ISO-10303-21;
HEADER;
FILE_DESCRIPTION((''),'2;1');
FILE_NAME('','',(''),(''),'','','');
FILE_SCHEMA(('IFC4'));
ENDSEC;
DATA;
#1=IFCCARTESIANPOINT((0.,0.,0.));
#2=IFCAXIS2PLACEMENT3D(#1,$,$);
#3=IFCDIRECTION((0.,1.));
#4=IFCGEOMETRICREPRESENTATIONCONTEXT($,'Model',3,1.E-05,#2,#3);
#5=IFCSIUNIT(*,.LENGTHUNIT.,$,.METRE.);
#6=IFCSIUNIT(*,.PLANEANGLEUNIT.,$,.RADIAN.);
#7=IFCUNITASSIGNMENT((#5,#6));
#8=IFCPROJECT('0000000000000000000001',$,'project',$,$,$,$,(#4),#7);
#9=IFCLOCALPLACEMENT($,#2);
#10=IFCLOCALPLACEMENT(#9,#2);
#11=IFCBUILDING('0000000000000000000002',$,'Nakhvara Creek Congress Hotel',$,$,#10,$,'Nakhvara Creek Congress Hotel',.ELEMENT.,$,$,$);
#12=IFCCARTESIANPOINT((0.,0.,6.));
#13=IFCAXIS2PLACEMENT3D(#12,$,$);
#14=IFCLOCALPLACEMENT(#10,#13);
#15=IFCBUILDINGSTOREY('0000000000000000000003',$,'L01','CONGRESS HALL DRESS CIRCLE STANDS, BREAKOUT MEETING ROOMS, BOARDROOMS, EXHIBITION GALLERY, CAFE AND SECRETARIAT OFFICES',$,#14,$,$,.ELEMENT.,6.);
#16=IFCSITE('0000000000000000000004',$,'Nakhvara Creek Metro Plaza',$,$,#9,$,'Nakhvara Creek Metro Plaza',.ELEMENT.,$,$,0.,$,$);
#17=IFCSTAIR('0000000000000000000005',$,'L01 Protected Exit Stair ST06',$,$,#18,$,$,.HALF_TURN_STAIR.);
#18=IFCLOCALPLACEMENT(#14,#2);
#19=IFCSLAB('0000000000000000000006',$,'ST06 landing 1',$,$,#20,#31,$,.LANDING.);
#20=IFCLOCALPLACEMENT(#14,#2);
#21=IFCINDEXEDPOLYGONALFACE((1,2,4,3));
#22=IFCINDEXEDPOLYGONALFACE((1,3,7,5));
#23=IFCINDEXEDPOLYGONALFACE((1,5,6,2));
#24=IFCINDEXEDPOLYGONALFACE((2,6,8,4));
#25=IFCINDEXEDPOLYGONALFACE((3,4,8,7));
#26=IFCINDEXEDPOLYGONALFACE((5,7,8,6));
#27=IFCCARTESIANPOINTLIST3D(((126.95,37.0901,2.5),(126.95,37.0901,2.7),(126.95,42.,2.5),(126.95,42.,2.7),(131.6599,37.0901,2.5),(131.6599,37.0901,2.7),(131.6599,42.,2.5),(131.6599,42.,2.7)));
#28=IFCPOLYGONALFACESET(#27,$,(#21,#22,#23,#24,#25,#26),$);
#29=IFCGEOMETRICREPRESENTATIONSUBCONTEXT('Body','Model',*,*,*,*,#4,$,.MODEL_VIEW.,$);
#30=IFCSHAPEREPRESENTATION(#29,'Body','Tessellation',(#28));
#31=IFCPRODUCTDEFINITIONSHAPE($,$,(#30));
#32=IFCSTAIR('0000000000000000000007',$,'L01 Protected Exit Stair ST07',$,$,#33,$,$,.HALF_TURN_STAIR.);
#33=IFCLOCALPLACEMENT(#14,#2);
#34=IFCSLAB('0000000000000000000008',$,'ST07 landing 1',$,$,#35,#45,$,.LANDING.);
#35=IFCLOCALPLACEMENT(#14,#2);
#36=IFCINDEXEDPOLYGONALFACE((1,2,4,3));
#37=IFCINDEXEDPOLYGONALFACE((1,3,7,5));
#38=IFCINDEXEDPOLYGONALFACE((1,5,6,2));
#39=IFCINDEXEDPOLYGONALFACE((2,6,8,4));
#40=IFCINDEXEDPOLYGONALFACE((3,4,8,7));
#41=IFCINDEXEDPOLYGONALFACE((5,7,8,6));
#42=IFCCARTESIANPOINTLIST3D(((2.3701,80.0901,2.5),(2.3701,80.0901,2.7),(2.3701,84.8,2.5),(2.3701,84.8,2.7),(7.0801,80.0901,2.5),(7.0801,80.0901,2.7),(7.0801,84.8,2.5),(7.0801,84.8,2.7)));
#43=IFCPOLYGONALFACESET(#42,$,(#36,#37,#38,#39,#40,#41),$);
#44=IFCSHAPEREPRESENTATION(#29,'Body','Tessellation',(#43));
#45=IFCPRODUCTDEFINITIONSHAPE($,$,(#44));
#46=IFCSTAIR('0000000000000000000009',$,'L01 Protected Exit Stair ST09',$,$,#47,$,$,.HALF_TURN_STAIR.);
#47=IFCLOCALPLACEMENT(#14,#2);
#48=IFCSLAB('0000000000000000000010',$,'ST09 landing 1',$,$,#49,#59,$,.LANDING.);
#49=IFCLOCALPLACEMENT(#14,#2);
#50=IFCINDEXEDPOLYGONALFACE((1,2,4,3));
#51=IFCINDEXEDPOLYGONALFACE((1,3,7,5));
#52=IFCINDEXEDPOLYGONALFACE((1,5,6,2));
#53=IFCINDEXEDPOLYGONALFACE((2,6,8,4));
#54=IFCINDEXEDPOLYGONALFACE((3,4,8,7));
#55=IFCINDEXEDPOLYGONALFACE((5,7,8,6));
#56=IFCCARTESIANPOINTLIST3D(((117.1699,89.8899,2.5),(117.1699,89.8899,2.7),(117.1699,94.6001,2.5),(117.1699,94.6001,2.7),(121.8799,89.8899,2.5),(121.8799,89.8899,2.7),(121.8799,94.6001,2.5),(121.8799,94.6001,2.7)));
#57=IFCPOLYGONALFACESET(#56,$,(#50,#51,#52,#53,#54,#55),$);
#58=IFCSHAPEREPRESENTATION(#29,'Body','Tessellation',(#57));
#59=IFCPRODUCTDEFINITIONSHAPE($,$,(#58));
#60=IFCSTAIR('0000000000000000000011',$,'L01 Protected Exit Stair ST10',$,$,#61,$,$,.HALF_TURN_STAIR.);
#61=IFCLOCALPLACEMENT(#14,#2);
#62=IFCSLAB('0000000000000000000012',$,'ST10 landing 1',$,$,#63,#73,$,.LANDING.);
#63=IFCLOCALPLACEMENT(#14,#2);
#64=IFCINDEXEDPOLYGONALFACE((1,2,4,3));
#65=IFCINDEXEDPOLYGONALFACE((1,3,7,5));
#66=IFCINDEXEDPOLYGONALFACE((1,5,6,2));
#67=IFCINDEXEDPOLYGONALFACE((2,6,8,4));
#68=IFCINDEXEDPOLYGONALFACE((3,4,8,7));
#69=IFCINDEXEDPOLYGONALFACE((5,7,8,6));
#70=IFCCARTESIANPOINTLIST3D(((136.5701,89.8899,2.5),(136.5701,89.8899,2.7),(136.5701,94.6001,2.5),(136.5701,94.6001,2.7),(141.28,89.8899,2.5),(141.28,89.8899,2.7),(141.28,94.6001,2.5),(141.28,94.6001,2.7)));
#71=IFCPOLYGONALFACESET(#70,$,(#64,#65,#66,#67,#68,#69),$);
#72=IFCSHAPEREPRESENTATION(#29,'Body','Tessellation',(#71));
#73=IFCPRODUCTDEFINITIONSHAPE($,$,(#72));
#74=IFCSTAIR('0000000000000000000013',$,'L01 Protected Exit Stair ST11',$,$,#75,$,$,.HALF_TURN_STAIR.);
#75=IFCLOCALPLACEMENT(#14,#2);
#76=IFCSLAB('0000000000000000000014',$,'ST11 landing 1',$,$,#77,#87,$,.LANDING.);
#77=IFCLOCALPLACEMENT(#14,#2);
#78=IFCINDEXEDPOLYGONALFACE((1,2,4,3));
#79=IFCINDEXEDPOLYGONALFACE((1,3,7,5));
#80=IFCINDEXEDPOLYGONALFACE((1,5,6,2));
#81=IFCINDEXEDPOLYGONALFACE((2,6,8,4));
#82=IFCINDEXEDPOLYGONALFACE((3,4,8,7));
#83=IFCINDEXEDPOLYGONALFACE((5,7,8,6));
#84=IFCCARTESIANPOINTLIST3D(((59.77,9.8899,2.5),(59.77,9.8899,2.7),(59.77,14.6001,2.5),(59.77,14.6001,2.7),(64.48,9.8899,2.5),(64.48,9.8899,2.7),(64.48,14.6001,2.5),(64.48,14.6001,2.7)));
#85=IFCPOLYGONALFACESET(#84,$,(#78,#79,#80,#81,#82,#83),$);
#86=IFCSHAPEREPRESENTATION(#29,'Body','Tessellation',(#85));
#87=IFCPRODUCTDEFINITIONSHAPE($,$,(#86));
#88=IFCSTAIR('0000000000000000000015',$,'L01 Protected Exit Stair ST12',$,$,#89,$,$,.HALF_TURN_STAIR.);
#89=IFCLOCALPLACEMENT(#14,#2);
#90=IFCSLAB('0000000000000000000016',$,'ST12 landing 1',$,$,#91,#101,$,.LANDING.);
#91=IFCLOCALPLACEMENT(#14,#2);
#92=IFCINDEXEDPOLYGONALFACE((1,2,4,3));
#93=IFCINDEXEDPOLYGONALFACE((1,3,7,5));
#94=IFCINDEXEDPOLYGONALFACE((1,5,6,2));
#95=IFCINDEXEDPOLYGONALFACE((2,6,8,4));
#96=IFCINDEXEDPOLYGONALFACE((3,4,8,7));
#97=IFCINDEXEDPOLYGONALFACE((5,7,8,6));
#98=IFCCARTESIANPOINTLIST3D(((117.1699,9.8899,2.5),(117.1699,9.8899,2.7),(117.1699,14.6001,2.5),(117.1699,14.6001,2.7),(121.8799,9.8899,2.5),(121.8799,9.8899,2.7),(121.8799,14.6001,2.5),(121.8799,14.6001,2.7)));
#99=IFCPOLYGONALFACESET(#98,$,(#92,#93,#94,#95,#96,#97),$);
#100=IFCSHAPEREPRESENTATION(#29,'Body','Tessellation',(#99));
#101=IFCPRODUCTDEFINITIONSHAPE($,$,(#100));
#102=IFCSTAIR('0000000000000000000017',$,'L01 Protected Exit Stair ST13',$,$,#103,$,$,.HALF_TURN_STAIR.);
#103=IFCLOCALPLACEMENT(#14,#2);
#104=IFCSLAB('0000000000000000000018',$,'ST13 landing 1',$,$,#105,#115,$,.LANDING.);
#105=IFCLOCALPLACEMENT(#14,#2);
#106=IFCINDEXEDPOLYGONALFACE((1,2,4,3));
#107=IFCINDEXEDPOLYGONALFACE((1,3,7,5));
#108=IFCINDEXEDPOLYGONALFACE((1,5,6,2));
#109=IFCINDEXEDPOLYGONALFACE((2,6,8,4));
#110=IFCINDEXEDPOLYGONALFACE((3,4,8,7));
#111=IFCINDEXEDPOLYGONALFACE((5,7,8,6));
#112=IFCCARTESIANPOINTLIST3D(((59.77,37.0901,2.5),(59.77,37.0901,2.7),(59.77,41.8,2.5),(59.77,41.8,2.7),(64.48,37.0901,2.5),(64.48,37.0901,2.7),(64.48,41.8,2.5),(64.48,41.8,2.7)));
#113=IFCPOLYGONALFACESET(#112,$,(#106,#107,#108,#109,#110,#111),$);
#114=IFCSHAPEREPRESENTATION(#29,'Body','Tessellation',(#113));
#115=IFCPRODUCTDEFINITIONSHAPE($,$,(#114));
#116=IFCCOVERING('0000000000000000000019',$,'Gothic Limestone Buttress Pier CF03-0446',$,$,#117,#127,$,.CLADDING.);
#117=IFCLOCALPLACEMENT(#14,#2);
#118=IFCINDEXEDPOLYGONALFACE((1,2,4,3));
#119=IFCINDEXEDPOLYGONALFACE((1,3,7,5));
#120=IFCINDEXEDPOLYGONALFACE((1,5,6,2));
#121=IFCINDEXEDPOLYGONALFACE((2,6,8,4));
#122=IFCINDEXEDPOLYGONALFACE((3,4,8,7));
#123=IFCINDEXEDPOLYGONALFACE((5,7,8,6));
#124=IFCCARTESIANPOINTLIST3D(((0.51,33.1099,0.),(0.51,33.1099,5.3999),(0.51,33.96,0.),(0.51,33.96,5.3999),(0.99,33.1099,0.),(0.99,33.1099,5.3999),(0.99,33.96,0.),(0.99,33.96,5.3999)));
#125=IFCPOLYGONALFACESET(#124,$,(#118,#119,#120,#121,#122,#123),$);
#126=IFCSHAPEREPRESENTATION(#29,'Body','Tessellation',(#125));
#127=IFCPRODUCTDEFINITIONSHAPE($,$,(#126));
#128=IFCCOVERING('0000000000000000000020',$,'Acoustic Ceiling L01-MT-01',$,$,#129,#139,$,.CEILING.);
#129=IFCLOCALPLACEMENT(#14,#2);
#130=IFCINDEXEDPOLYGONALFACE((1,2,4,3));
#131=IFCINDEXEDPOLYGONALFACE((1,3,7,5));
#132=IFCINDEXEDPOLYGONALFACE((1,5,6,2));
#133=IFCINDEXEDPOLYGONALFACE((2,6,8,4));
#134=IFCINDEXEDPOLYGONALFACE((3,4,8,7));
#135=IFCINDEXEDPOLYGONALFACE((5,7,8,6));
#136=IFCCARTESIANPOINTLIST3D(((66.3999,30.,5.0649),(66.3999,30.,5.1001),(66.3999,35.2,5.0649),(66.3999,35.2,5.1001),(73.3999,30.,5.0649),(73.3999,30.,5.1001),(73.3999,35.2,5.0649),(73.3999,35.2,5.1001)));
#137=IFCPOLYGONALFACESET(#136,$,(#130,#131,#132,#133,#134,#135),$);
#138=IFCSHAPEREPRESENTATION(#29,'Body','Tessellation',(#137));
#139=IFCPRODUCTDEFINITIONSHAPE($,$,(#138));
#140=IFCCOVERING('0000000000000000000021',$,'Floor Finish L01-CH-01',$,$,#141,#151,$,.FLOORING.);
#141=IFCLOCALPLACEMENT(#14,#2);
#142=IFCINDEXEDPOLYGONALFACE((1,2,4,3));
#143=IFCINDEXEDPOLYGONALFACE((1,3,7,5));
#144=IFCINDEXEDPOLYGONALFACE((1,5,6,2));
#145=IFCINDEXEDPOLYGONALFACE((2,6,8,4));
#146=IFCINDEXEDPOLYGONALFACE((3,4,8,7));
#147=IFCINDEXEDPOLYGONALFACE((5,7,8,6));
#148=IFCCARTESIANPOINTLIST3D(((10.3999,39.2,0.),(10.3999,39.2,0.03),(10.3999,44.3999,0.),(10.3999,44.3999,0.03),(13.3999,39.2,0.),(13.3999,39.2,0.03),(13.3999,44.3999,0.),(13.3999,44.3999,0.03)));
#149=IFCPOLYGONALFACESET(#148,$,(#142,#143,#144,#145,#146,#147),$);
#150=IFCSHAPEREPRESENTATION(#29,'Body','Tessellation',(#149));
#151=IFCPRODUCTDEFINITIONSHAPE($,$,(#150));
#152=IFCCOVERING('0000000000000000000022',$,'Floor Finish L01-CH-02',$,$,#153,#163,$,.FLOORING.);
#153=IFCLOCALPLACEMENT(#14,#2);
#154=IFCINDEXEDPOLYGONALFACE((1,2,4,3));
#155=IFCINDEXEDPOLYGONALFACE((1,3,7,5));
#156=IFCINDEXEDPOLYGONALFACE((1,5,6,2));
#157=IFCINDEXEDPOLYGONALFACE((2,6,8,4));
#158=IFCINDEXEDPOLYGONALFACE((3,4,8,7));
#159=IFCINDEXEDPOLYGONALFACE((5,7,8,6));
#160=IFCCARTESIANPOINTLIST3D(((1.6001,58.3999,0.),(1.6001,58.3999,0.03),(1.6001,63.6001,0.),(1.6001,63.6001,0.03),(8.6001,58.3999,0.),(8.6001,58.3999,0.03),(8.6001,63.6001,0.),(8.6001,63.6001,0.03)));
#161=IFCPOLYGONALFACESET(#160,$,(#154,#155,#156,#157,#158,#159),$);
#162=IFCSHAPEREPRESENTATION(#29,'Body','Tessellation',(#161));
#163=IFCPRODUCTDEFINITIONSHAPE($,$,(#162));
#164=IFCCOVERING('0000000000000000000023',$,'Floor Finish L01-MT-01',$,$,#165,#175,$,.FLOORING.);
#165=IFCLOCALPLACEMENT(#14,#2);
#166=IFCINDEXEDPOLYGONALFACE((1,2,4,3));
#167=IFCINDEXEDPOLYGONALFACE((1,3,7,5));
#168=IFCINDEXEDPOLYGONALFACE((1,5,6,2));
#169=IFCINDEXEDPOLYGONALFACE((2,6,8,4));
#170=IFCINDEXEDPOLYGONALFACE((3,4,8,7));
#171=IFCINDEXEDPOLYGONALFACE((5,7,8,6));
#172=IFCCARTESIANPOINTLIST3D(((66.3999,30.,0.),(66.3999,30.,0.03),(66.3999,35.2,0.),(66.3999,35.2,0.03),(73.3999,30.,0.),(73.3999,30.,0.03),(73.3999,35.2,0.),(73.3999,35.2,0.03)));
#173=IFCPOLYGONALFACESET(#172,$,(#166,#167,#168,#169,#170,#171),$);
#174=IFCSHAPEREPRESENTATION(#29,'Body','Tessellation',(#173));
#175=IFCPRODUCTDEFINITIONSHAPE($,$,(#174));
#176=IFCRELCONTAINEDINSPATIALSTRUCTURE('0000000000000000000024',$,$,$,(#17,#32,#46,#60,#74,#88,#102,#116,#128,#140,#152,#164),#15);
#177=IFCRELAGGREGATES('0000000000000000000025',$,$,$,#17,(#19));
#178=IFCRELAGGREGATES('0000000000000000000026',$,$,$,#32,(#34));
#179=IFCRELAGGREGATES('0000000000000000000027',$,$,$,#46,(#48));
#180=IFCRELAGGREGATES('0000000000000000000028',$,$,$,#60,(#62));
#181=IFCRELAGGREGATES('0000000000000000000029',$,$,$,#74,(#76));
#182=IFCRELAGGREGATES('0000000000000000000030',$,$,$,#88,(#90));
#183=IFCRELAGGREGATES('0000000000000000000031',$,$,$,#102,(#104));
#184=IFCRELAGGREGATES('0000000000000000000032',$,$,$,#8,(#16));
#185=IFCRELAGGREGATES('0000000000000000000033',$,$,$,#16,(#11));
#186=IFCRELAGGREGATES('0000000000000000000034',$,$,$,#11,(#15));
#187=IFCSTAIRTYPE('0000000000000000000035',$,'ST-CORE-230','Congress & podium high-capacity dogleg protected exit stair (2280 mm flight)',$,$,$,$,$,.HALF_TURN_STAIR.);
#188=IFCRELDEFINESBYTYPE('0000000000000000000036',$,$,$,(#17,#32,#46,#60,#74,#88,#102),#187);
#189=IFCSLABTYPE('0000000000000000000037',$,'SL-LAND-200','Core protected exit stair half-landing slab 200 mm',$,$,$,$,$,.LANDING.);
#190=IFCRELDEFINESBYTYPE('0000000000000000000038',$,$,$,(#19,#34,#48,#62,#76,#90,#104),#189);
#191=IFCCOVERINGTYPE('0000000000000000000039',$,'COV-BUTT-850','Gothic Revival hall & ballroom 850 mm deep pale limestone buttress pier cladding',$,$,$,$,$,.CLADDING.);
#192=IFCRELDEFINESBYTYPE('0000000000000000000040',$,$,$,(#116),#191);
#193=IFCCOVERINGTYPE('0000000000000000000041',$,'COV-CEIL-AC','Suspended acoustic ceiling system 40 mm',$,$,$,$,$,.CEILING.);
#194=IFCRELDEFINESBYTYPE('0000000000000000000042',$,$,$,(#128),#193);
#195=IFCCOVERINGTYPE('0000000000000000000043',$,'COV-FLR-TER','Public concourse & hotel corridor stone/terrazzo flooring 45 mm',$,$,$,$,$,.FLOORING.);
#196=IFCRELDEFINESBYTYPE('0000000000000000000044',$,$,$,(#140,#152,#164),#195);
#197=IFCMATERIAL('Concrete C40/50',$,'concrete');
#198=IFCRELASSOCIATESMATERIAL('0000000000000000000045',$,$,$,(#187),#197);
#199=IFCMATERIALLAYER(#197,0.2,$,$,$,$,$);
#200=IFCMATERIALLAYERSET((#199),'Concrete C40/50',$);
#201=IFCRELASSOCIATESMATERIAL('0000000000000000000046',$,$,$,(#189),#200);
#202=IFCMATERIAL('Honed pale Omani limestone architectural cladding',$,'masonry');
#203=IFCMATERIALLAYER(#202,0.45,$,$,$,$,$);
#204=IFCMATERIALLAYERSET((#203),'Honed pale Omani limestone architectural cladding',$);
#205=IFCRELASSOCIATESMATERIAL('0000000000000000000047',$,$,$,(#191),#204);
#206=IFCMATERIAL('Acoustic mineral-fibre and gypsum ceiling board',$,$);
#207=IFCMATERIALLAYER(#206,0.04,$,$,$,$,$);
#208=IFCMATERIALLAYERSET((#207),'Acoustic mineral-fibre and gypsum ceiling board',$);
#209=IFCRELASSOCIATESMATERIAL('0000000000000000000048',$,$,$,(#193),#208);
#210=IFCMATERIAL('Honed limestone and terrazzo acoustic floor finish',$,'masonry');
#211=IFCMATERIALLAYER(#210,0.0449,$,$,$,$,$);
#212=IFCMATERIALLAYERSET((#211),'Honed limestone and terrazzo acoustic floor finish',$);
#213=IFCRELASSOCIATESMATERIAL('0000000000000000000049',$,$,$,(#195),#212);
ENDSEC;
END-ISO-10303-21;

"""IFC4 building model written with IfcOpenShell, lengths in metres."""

from ifc_helpers import new_model, si_unit, direction, frame, origin, origin_2d, place, context, subcontext, project, spatial, polyline, rectangle, outline, extrude, material, layer, layer_set, type_object, element, aggregate, save


model = new_model("IFC4")

# Units and contexts
model_context = context("Model", 3, precision=1e-05, world=origin(), true_north=direction((0.0, 1.0)))
body_context = subcontext(model_context, "Body", "Model", "MODEL_VIEW")
ifc_project = project(units=[si_unit("LENGTHUNIT", "METRE"), si_unit("PLANEANGLEUNIT", "RADIAN")], contexts=[model_context])

# Site, building, storey
site_placement = place(None, origin())
site = spatial("IfcSite", under=ifc_project, at=site_placement, Name="Nakhvara Creek Metro Plaza", LongName="Nakhvara Creek Metro Plaza", CompositionType="ELEMENT", RefElevation=0.0)
building_placement = place(site_placement, origin())
building = spatial("IfcBuilding", under=site, at=building_placement, Name="Nakhvara Creek Congress Hotel", LongName="Nakhvara Creek Congress Hotel", CompositionType="ELEMENT")
storey_placement = place(building_placement, frame((0.0, 0.0, 6.0)))
storey = spatial("IfcBuildingStorey", under=building, at=storey_placement, Name="L01", Description="CONGRESS HALL DRESS CIRCLE STANDS, BREAKOUT MEETING ROOMS, BOARDROOMS, EXHIBITION GALLERY, CAFE AND SECRETARIAT OFFICES", CompositionType="ELEMENT", Elevation=6.0)

# Stairs, slabs
ifc_material_1 = material(Name="Concrete C40/50", Category="concrete")
stair_type = type_object("IfcStairType", Name="ST-CORE-230", Description="Congress & podium high-capacity dogleg protected exit stair (2280 mm flight)", PredefinedType="HALF_TURN_STAIR", material=ifc_material_1)
stair_1_placement = place(storey_placement, origin())
stair_1 = element("IfcStair", 1, at=stair_1_placement, inside=storey, type_object=stair_type, Name="L01 Protected Exit Stair ST06", PredefinedType="HALF_TURN_STAIR")
ifc_layer_1 = layer(ifc_material_1, 0.2)
ifc_layer_set_1 = layer_set([ifc_layer_1], Name="Concrete C40/50")
slab_type = type_object("IfcSlabType", Name="SL-LAND-200", Description="Core protected exit stair half-landing slab 200 mm", PredefinedType="LANDING", material=ifc_layer_set_1)
slab_1_placement = place(storey_placement, frame((0.0, 0.0, 2.5)))
slab_1 = element("IfcSlab", 2, at=slab_1_placement, type_object=slab_type, Name="ST06 landing 1", PredefinedType="LANDING", context=body_context, shape_type="SweptSolid", body=[
    extrude(outline(polyline([(131.6599, 37.0901), (131.6599, 42.0), (126.95, 42.0), (126.95, 37.0901), (131.6599, 37.0901)])), origin(), (0.0, 0.0, 1.0), 0.2),
])
aggregate(stair_1, [slab_1])
stair_2_placement = place(storey_placement, origin())
stair_2 = element("IfcStair", 3, at=stair_2_placement, inside=storey, type_object=stair_type, Name="L01 Protected Exit Stair ST07", PredefinedType="HALF_TURN_STAIR")
slab_2_placement = place(storey_placement, frame((0.0, 0.0, 2.5)))
slab_2 = element("IfcSlab", 4, at=slab_2_placement, type_object=slab_type, Name="ST07 landing 1", PredefinedType="LANDING", context=body_context, shape_type="SweptSolid", body=[
    extrude(outline(polyline([(7.0801, 80.0901), (7.0801, 84.8), (2.3701, 84.8), (2.3701, 80.0901), (7.0801, 80.0901)])), origin(), (0.0, 0.0, 1.0), 0.2),
])
aggregate(stair_2, [slab_2])
stair_3_placement = place(storey_placement, origin())
stair_3 = element("IfcStair", 5, at=stair_3_placement, inside=storey, type_object=stair_type, Name="L01 Protected Exit Stair ST09", PredefinedType="HALF_TURN_STAIR")
slab_3_placement = place(storey_placement, frame((0.0, 0.0, 2.5)))
slab_3 = element("IfcSlab", 6, at=slab_3_placement, type_object=slab_type, Name="ST09 landing 1", PredefinedType="LANDING", context=body_context, shape_type="SweptSolid", body=[
    extrude(outline(polyline([(121.8799, 89.8899), (121.8799, 94.6001), (117.1699, 94.6001), (117.1699, 89.8899), (121.8799, 89.8899)])), origin(), (0.0, 0.0, 1.0), 0.2),
])
aggregate(stair_3, [slab_3])
stair_4_placement = place(storey_placement, origin())
stair_4 = element("IfcStair", 7, at=stair_4_placement, inside=storey, type_object=stair_type, Name="L01 Protected Exit Stair ST10", PredefinedType="HALF_TURN_STAIR")
slab_4_placement = place(storey_placement, frame((0.0, 0.0, 2.5)))
slab_4 = element("IfcSlab", 8, at=slab_4_placement, type_object=slab_type, Name="ST10 landing 1", PredefinedType="LANDING", context=body_context, shape_type="SweptSolid", body=[
    extrude(outline(polyline([(141.28, 89.8899), (141.28, 94.6001), (136.5701, 94.6001), (136.5701, 89.8899), (141.28, 89.8899)])), origin(), (0.0, 0.0, 1.0), 0.2),
])
aggregate(stair_4, [slab_4])
stair_5_placement = place(storey_placement, origin())
stair_5 = element("IfcStair", 9, at=stair_5_placement, inside=storey, type_object=stair_type, Name="L01 Protected Exit Stair ST11", PredefinedType="HALF_TURN_STAIR")
slab_5_placement = place(storey_placement, frame((0.0, 0.0, 2.5)))
slab_5 = element("IfcSlab", 10, at=slab_5_placement, type_object=slab_type, Name="ST11 landing 1", PredefinedType="LANDING", context=body_context, shape_type="SweptSolid", body=[
    extrude(outline(polyline([(64.48, 9.8899), (64.48, 14.6001), (59.77, 14.6001), (59.77, 9.8899), (64.48, 9.8899)])), origin(), (0.0, 0.0, 1.0), 0.2),
])
aggregate(stair_5, [slab_5])
stair_6_placement = place(storey_placement, origin())
stair_6 = element("IfcStair", 11, at=stair_6_placement, inside=storey, type_object=stair_type, Name="L01 Protected Exit Stair ST12", PredefinedType="HALF_TURN_STAIR")
slab_6_placement = place(storey_placement, frame((0.0, 0.0, 2.5)))
slab_6 = element("IfcSlab", 12, at=slab_6_placement, type_object=slab_type, Name="ST12 landing 1", PredefinedType="LANDING", context=body_context, shape_type="SweptSolid", body=[
    extrude(outline(polyline([(121.8799, 9.8899), (121.8799, 14.6001), (117.1699, 14.6001), (117.1699, 9.8899), (121.8799, 9.8899)])), origin(), (0.0, 0.0, 1.0), 0.2),
])
aggregate(stair_6, [slab_6])
stair_7_placement = place(storey_placement, origin())
stair_7 = element("IfcStair", 13, at=stair_7_placement, inside=storey, type_object=stair_type, Name="L01 Protected Exit Stair ST13", PredefinedType="HALF_TURN_STAIR")
slab_7_placement = place(storey_placement, frame((0.0, 0.0, 2.5)))
slab_7 = element("IfcSlab", 14, at=slab_7_placement, type_object=slab_type, Name="ST13 landing 1", PredefinedType="LANDING", context=body_context, shape_type="SweptSolid", body=[
    extrude(outline(polyline([(64.48, 37.0901), (64.48, 41.8), (59.77, 41.8), (59.77, 37.0901), (64.48, 37.0901)])), origin(), (0.0, 0.0, 1.0), 0.2),
])
aggregate(stair_7, [slab_7])

# Coverings
ifc_material_2 = material(Name="Honed pale Omani limestone architectural cladding", Category="masonry")
ifc_layer_2 = layer(ifc_material_2, 0.45)
ifc_layer_set_2 = layer_set([ifc_layer_2], Name="Honed pale Omani limestone architectural cladding")
covering_type_1 = type_object("IfcCoveringType", Name="COV-BUTT-850", Description="Gothic Revival hall & ballroom 850 mm deep pale limestone buttress pier cladding", PredefinedType="CLADDING", material=ifc_layer_set_2)
covering_1_placement = place(storey_placement, frame((0.75, 33.5349, 0.0), z_axis=(0.0, 0.0, 1.0), x_axis=(1.0, 0.0, 0.0)))
element("IfcCovering", 15, at=covering_1_placement, inside=storey, type_object=covering_type_1, Name="Gothic Limestone Buttress Pier CF03-0446", PredefinedType="CLADDING", context=body_context, shape_type="SweptSolid", body=[
    extrude(rectangle(XDim=0.48, YDim=0.8501, at=origin_2d()), origin(), (0.0, 0.0, 1.0), 5.3999),
])
ifc_material_3 = material(Name="Acoustic mineral-fibre and gypsum ceiling board")
ifc_layer_3 = layer(ifc_material_3, 0.04)
ifc_layer_set_3 = layer_set([ifc_layer_3], Name="Acoustic mineral-fibre and gypsum ceiling board")
covering_type_2 = type_object("IfcCoveringType", Name="COV-CEIL-AC", Description="Suspended acoustic ceiling system 40 mm", PredefinedType="CEILING", material=ifc_layer_set_3)
covering_2_placement = place(storey_placement, frame((0.0, 0.0, 5.0649)))
element("IfcCovering", 16, at=covering_2_placement, inside=storey, type_object=covering_type_2, Name="Acoustic Ceiling L01-MT-01", PredefinedType="CEILING", context=body_context, shape_type="SweptSolid", body=[
    extrude(outline(polyline([(66.3999, 30.0), (73.3999, 30.0), (73.3999, 35.2), (66.3999, 35.2), (66.3999, 30.0)])), origin(), (0.0, 0.0, 1.0), 0.0352),
])
ifc_material_4 = material(Name="Honed limestone and terrazzo acoustic floor finish", Category="masonry")
ifc_layer_4 = layer(ifc_material_4, 0.0449)
ifc_layer_set_4 = layer_set([ifc_layer_4], Name="Honed limestone and terrazzo acoustic floor finish")
covering_type_3 = type_object("IfcCoveringType", Name="COV-FLR-TER", Description="Public concourse & hotel corridor stone/terrazzo flooring 45 mm", PredefinedType="FLOORING", material=ifc_layer_set_4)
covering_3_placement = place(storey_placement, origin())
element("IfcCovering", 17, at=covering_3_placement, inside=storey, type_object=covering_type_3, Name="Floor Finish L01-CH-01", PredefinedType="FLOORING", context=body_context, shape_type="SweptSolid", body=[
    extrude(outline(polyline([(10.3999, 39.2), (13.3999, 39.2), (13.3999, 44.3999), (10.3999, 44.3999), (10.3999, 39.2)])), origin(), (0.0, 0.0, 1.0), 0.03),
])
covering_4_placement = place(storey_placement, origin())
element("IfcCovering", 18, at=covering_4_placement, inside=storey, type_object=covering_type_3, Name="Floor Finish L01-CH-02", PredefinedType="FLOORING", context=body_context, shape_type="SweptSolid", body=[
    extrude(outline(polyline([(1.6001, 58.3999), (8.6001, 58.3999), (8.6001, 63.6001), (1.6001, 63.6001), (1.6001, 58.3999)])), origin(), (0.0, 0.0, 1.0), 0.03),
])
covering_5_placement = place(storey_placement, origin())
element("IfcCovering", 19, at=covering_5_placement, inside=storey, type_object=covering_type_3, Name="Floor Finish L01-MT-01", PredefinedType="FLOORING", context=body_context, shape_type="SweptSolid", body=[
    extrude(outline(polyline([(66.3999, 30.0), (73.3999, 30.0), (73.3999, 35.2), (66.3999, 35.2), (66.3999, 30.0)])), origin(), (0.0, 0.0, 1.0), 0.03),
])

save(model, "model.ifc")
